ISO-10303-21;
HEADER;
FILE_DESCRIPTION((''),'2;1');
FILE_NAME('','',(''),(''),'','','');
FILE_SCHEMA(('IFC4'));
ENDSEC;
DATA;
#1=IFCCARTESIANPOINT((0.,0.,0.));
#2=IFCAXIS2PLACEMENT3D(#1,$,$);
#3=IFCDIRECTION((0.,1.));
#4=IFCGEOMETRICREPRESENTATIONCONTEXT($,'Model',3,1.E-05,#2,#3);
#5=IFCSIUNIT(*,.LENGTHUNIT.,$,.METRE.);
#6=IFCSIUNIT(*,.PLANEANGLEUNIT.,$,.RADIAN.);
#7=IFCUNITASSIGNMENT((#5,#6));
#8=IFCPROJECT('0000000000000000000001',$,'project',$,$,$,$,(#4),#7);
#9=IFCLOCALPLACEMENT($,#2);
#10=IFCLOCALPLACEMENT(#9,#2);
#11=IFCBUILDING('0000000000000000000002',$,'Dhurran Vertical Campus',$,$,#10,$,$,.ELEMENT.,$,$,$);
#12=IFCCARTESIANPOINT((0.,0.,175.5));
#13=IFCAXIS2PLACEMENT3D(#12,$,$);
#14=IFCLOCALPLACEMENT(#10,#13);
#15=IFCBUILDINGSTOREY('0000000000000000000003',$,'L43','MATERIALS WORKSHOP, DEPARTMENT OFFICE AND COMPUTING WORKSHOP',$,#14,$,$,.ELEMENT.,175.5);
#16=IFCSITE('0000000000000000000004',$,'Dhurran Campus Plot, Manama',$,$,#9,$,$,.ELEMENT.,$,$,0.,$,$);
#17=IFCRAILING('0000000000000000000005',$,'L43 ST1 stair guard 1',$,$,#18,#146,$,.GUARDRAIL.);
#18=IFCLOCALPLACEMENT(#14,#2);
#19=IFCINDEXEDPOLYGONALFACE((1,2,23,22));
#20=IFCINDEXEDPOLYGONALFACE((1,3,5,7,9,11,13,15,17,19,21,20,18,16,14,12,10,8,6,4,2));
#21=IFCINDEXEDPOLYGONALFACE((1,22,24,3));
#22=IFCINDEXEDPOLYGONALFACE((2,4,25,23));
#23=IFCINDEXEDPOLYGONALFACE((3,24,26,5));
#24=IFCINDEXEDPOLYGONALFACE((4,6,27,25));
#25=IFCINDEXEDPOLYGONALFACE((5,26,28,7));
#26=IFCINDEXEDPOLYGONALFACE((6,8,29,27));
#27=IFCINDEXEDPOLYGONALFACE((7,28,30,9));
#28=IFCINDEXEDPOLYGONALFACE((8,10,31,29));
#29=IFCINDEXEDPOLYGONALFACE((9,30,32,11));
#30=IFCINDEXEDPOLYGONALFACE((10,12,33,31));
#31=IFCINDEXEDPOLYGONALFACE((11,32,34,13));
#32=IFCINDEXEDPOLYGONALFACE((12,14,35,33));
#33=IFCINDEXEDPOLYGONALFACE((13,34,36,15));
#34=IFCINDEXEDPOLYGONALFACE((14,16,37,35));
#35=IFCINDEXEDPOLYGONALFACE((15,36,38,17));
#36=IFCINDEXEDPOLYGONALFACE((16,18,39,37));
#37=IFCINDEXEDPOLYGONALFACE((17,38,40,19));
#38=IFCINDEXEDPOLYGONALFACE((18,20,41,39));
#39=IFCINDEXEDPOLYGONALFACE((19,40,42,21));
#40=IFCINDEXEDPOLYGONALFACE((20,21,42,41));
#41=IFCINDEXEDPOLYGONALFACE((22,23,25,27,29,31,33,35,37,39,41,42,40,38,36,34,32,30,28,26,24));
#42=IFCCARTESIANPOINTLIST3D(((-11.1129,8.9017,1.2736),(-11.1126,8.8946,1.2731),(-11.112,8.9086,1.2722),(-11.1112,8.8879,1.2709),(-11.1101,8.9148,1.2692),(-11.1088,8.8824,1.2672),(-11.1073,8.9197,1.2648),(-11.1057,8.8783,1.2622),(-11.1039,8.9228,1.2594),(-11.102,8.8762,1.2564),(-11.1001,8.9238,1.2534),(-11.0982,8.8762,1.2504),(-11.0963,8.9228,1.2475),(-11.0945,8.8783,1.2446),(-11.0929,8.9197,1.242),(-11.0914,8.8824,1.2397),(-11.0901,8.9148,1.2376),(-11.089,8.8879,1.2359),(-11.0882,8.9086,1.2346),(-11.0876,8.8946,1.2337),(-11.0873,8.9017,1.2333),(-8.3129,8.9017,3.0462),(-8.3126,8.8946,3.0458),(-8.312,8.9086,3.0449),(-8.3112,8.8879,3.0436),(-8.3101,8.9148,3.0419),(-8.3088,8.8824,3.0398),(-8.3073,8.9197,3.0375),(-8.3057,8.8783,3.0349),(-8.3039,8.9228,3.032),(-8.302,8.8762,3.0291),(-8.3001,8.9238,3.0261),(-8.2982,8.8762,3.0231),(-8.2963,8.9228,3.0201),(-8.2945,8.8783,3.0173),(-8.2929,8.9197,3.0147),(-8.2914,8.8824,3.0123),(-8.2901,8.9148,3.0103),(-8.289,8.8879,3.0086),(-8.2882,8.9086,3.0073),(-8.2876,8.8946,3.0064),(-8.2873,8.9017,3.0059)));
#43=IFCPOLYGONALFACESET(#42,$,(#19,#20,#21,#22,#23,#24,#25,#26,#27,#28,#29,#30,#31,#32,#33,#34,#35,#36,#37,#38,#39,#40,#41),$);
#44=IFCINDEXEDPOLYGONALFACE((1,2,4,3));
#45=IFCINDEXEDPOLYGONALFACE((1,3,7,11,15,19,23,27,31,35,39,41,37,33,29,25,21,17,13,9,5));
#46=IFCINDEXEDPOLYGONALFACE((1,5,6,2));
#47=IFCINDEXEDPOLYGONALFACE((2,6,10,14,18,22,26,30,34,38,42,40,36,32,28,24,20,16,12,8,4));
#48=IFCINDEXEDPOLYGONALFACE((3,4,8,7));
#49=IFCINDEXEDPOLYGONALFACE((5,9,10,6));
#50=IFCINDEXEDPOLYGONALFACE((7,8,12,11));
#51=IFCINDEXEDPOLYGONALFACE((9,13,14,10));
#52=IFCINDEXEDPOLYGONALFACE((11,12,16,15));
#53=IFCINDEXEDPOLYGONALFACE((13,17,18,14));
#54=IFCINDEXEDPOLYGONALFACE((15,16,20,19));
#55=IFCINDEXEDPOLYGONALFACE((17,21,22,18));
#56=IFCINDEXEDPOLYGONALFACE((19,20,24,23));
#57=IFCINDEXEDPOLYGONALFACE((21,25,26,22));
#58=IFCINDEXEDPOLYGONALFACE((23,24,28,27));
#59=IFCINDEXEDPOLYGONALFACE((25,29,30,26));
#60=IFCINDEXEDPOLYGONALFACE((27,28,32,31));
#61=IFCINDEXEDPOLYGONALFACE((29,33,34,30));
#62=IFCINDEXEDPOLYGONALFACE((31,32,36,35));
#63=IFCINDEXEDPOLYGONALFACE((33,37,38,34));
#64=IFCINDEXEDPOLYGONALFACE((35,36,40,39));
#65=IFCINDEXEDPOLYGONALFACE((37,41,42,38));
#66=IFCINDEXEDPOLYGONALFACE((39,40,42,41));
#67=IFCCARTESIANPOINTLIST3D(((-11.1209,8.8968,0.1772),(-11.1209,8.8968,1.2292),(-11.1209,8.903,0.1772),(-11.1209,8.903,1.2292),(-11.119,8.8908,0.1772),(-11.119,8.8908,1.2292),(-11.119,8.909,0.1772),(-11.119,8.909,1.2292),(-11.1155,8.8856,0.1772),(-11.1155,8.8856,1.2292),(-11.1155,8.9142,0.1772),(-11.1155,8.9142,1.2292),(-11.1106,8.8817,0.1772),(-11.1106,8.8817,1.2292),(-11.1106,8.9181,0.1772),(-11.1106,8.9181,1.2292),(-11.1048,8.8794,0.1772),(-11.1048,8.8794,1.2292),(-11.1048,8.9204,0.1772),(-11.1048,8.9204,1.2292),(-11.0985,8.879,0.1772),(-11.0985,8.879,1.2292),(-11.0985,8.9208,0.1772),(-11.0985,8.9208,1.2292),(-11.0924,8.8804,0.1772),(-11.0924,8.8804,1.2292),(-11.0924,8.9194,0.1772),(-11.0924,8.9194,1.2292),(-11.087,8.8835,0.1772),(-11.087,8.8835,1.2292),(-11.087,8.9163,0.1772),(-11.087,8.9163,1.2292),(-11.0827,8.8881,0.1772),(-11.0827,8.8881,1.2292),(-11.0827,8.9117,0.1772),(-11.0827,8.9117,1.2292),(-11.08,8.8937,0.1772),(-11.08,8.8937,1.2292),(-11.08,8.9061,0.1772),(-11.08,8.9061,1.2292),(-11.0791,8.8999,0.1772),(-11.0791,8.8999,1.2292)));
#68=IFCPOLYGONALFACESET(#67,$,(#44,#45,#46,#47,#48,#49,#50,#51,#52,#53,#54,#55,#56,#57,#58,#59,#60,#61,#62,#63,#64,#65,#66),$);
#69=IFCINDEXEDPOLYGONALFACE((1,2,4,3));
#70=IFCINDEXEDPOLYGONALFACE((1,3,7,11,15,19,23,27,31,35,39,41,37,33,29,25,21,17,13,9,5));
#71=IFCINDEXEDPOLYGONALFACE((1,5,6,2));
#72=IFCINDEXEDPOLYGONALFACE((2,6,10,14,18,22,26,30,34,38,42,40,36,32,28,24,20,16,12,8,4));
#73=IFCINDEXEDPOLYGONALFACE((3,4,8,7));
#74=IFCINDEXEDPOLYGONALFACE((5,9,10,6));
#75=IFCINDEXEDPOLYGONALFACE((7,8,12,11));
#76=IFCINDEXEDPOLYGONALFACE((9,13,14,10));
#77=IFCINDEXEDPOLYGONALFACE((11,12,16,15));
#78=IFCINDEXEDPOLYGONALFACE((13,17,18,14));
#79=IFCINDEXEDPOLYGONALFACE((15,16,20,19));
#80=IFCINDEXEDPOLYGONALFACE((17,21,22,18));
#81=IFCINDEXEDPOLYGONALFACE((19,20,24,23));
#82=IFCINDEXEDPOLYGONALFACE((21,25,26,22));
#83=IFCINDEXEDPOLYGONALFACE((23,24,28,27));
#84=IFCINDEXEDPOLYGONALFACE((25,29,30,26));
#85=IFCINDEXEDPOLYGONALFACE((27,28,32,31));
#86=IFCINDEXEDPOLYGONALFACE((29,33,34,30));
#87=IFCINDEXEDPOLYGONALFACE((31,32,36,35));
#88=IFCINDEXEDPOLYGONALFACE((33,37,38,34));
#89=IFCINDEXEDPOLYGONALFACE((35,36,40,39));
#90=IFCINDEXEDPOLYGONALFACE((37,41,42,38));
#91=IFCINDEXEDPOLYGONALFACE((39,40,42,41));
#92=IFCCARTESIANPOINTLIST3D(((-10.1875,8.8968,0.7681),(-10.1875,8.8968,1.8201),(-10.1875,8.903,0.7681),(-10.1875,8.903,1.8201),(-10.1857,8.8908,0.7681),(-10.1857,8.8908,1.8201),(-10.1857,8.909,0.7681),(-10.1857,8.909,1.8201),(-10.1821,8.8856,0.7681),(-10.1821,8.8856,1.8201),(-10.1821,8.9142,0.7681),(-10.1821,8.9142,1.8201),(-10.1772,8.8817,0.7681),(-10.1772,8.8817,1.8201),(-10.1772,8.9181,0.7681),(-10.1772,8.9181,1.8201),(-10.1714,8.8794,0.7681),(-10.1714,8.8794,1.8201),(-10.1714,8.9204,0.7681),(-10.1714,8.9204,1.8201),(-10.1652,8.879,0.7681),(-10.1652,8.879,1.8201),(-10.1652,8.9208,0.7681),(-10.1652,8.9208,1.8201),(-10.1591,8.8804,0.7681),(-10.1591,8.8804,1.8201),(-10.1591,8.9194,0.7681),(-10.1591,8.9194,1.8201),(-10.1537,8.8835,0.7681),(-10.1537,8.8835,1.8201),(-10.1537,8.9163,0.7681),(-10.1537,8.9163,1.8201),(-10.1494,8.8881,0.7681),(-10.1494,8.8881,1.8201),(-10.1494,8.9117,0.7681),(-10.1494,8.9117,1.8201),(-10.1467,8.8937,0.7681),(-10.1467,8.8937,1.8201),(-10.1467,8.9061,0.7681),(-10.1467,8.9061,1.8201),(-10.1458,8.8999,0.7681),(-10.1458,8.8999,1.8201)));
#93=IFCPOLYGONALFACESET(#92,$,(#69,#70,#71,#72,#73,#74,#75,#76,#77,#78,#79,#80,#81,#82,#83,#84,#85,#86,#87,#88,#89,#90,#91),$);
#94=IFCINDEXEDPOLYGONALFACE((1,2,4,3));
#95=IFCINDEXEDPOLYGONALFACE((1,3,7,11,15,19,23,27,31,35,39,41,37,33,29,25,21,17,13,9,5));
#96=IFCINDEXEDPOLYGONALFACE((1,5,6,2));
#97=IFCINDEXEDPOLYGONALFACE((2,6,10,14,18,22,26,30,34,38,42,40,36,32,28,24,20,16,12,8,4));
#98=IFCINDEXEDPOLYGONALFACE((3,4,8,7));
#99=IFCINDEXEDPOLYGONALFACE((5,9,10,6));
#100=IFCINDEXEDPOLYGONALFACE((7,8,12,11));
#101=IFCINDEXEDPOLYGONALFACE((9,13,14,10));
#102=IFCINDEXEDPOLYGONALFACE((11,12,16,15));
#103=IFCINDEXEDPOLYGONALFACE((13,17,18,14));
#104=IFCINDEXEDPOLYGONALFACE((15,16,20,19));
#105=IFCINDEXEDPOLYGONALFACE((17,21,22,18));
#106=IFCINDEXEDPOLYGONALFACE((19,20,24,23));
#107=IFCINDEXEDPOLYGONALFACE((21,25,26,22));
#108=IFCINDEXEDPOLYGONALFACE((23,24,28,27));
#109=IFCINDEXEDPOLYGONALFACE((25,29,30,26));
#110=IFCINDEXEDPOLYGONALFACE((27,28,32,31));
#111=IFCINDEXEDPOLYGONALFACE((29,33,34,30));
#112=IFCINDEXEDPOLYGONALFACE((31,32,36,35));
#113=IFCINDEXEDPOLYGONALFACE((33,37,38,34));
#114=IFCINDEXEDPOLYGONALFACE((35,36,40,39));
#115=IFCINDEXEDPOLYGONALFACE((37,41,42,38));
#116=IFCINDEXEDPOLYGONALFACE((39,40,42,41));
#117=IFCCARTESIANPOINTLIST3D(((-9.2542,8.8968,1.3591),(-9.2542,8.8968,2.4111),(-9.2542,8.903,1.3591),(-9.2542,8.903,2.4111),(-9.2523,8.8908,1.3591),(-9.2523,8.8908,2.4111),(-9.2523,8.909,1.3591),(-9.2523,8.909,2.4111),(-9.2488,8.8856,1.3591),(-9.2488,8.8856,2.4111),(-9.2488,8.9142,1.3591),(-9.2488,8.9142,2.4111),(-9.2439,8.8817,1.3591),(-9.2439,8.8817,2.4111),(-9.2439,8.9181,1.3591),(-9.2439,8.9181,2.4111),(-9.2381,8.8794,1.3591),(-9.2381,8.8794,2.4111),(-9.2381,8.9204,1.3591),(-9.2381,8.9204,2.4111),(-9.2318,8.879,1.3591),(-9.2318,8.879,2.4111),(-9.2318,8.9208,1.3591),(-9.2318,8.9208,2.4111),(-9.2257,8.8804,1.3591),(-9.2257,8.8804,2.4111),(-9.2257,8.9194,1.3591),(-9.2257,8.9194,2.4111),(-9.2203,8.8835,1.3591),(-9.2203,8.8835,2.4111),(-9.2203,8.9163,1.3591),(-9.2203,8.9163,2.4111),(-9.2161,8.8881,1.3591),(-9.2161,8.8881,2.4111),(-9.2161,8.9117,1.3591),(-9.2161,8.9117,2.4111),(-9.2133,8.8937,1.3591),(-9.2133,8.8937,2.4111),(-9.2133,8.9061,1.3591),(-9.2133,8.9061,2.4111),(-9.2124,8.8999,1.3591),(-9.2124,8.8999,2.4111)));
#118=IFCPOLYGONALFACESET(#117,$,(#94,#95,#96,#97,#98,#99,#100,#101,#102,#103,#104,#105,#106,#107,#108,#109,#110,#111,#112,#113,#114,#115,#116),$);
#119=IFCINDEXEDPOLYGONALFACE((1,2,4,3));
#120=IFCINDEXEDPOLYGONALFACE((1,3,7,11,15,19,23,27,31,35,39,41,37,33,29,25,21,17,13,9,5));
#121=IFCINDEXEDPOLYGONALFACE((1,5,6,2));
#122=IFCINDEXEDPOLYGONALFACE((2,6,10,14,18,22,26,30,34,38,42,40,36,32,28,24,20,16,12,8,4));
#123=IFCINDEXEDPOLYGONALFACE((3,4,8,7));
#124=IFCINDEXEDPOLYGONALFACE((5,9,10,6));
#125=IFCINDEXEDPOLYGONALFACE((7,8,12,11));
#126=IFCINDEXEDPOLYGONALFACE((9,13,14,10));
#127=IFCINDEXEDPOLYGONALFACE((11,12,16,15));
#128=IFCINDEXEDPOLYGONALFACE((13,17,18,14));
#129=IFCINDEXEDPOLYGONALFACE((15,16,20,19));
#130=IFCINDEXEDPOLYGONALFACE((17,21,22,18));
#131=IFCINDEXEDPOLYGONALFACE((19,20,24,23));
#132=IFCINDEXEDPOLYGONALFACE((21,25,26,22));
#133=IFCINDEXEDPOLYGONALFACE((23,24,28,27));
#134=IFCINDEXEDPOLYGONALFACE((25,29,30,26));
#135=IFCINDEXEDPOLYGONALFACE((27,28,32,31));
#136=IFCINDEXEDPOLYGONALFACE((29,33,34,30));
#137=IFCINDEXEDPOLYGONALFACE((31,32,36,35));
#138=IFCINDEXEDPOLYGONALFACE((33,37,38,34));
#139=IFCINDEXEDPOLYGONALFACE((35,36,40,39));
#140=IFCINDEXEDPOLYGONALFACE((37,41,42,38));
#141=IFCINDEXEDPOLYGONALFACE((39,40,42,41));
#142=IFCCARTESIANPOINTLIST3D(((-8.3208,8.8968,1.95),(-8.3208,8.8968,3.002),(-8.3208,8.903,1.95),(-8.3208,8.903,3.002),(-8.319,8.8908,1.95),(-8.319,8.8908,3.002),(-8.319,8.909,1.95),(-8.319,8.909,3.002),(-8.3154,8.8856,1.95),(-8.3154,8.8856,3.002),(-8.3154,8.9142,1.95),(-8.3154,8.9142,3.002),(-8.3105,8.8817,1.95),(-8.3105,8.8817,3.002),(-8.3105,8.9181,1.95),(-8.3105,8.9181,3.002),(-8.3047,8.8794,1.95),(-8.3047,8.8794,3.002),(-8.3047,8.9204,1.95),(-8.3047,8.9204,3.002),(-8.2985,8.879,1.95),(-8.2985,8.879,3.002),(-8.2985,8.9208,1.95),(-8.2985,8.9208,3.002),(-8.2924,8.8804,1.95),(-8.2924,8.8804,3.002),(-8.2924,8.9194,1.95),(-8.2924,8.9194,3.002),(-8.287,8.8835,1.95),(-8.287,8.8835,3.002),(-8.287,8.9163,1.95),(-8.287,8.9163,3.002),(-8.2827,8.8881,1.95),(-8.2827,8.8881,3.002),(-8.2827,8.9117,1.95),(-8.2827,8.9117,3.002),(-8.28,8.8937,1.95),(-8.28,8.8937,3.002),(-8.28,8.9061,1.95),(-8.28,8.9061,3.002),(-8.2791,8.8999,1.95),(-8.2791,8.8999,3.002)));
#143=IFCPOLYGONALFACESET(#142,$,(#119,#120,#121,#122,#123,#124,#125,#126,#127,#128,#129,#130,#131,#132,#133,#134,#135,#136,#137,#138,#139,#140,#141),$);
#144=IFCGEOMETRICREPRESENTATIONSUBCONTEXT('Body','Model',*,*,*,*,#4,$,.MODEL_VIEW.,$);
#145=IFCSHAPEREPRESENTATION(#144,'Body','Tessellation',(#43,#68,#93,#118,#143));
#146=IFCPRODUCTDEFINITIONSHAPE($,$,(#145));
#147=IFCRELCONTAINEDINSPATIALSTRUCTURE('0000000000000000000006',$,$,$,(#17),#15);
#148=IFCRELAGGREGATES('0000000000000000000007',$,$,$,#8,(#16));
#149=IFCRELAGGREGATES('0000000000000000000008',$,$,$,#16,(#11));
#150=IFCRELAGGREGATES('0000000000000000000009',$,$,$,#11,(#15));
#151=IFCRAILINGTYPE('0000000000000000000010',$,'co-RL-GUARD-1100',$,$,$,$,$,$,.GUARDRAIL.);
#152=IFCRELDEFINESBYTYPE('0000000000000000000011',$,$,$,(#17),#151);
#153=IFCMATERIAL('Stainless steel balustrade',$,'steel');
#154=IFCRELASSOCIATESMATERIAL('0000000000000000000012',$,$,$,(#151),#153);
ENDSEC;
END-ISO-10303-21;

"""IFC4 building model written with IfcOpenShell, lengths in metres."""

from ifc_helpers import new_model, si_unit, direction, frame, origin, origin_2d, place, context, subcontext, project, spatial, circle, extrude, material, type_object, element, save


model = new_model("IFC4")

# Units and contexts
model_context = context("Model", 3, precision=1e-05, world=origin(), true_north=direction((0.0, 1.0)))
body_context = subcontext(model_context, "Body", "Model", "MODEL_VIEW")
ifc_project = project(units=[si_unit("LENGTHUNIT", "METRE"), si_unit("PLANEANGLEUNIT", "RADIAN")], contexts=[model_context])

# Site, building, storey
site_placement = place(None, origin())
site = spatial("IfcSite", under=ifc_project, at=site_placement, Name="Dhurran Campus Plot, Manama", CompositionType="ELEMENT", RefElevation=0.0)
building_placement = place(site_placement, origin())
building = spatial("IfcBuilding", under=site, at=building_placement, Name="Dhurran Vertical Campus", CompositionType="ELEMENT")
storey_placement = place(building_placement, frame((0.0, 0.0, 175.5)))
storey = spatial("IfcBuildingStorey", under=building, at=storey_placement, Name="L43", Description="MATERIALS WORKSHOP, DEPARTMENT OFFICE AND COMPUTING WORKSHOP", CompositionType="ELEMENT", Elevation=175.5)

# Railing
ifc_material_1 = material(Name="Stainless steel balustrade", Category="steel")
railing_type_1 = type_object("IfcRailingType", Name="co-RL-GUARD-1100", PredefinedType="GUARDRAIL", material=ifc_material_1)
railing_1_placement = place(storey_placement, frame((-11.1001, 8.8999, 0.1772)))
element("IfcRailing", 1, at=railing_1_placement, inside=storey, type_object=railing_type_1, Name="L43 ST1 stair guard 1", PredefinedType="GUARDRAIL", context=body_context, shape_type="SweptSolid", body=[
    extrude(circle(Radius=0.0239, at=origin_2d()), frame((0.0, 0.0, 1.0762), z_axis=(0.844909, 0.0, 0.53491), x_axis=(0.0, 1.0, 0.0)), (0.0, 0.0, 1.0), 3.314),
    extrude(circle(Radius=0.021, at=origin_2d()), origin(), (0.0, 0.0, 1.0), 1.052),
    extrude(circle(Radius=0.021, at=origin_2d()), frame((0.9333, 0.0, 0.5908)), (0.0, 0.0, 1.0), 1.052),
    extrude(circle(Radius=0.021, at=origin_2d()), frame((1.8667, 0.0, 1.1819)), (0.0, 0.0, 1.0), 1.052),
    extrude(circle(Radius=0.021, at=origin_2d()), frame((2.8, 0.0, 1.7727)), (0.0, 0.0, 1.0), 1.052),
])

save(model, "model.ifc")
